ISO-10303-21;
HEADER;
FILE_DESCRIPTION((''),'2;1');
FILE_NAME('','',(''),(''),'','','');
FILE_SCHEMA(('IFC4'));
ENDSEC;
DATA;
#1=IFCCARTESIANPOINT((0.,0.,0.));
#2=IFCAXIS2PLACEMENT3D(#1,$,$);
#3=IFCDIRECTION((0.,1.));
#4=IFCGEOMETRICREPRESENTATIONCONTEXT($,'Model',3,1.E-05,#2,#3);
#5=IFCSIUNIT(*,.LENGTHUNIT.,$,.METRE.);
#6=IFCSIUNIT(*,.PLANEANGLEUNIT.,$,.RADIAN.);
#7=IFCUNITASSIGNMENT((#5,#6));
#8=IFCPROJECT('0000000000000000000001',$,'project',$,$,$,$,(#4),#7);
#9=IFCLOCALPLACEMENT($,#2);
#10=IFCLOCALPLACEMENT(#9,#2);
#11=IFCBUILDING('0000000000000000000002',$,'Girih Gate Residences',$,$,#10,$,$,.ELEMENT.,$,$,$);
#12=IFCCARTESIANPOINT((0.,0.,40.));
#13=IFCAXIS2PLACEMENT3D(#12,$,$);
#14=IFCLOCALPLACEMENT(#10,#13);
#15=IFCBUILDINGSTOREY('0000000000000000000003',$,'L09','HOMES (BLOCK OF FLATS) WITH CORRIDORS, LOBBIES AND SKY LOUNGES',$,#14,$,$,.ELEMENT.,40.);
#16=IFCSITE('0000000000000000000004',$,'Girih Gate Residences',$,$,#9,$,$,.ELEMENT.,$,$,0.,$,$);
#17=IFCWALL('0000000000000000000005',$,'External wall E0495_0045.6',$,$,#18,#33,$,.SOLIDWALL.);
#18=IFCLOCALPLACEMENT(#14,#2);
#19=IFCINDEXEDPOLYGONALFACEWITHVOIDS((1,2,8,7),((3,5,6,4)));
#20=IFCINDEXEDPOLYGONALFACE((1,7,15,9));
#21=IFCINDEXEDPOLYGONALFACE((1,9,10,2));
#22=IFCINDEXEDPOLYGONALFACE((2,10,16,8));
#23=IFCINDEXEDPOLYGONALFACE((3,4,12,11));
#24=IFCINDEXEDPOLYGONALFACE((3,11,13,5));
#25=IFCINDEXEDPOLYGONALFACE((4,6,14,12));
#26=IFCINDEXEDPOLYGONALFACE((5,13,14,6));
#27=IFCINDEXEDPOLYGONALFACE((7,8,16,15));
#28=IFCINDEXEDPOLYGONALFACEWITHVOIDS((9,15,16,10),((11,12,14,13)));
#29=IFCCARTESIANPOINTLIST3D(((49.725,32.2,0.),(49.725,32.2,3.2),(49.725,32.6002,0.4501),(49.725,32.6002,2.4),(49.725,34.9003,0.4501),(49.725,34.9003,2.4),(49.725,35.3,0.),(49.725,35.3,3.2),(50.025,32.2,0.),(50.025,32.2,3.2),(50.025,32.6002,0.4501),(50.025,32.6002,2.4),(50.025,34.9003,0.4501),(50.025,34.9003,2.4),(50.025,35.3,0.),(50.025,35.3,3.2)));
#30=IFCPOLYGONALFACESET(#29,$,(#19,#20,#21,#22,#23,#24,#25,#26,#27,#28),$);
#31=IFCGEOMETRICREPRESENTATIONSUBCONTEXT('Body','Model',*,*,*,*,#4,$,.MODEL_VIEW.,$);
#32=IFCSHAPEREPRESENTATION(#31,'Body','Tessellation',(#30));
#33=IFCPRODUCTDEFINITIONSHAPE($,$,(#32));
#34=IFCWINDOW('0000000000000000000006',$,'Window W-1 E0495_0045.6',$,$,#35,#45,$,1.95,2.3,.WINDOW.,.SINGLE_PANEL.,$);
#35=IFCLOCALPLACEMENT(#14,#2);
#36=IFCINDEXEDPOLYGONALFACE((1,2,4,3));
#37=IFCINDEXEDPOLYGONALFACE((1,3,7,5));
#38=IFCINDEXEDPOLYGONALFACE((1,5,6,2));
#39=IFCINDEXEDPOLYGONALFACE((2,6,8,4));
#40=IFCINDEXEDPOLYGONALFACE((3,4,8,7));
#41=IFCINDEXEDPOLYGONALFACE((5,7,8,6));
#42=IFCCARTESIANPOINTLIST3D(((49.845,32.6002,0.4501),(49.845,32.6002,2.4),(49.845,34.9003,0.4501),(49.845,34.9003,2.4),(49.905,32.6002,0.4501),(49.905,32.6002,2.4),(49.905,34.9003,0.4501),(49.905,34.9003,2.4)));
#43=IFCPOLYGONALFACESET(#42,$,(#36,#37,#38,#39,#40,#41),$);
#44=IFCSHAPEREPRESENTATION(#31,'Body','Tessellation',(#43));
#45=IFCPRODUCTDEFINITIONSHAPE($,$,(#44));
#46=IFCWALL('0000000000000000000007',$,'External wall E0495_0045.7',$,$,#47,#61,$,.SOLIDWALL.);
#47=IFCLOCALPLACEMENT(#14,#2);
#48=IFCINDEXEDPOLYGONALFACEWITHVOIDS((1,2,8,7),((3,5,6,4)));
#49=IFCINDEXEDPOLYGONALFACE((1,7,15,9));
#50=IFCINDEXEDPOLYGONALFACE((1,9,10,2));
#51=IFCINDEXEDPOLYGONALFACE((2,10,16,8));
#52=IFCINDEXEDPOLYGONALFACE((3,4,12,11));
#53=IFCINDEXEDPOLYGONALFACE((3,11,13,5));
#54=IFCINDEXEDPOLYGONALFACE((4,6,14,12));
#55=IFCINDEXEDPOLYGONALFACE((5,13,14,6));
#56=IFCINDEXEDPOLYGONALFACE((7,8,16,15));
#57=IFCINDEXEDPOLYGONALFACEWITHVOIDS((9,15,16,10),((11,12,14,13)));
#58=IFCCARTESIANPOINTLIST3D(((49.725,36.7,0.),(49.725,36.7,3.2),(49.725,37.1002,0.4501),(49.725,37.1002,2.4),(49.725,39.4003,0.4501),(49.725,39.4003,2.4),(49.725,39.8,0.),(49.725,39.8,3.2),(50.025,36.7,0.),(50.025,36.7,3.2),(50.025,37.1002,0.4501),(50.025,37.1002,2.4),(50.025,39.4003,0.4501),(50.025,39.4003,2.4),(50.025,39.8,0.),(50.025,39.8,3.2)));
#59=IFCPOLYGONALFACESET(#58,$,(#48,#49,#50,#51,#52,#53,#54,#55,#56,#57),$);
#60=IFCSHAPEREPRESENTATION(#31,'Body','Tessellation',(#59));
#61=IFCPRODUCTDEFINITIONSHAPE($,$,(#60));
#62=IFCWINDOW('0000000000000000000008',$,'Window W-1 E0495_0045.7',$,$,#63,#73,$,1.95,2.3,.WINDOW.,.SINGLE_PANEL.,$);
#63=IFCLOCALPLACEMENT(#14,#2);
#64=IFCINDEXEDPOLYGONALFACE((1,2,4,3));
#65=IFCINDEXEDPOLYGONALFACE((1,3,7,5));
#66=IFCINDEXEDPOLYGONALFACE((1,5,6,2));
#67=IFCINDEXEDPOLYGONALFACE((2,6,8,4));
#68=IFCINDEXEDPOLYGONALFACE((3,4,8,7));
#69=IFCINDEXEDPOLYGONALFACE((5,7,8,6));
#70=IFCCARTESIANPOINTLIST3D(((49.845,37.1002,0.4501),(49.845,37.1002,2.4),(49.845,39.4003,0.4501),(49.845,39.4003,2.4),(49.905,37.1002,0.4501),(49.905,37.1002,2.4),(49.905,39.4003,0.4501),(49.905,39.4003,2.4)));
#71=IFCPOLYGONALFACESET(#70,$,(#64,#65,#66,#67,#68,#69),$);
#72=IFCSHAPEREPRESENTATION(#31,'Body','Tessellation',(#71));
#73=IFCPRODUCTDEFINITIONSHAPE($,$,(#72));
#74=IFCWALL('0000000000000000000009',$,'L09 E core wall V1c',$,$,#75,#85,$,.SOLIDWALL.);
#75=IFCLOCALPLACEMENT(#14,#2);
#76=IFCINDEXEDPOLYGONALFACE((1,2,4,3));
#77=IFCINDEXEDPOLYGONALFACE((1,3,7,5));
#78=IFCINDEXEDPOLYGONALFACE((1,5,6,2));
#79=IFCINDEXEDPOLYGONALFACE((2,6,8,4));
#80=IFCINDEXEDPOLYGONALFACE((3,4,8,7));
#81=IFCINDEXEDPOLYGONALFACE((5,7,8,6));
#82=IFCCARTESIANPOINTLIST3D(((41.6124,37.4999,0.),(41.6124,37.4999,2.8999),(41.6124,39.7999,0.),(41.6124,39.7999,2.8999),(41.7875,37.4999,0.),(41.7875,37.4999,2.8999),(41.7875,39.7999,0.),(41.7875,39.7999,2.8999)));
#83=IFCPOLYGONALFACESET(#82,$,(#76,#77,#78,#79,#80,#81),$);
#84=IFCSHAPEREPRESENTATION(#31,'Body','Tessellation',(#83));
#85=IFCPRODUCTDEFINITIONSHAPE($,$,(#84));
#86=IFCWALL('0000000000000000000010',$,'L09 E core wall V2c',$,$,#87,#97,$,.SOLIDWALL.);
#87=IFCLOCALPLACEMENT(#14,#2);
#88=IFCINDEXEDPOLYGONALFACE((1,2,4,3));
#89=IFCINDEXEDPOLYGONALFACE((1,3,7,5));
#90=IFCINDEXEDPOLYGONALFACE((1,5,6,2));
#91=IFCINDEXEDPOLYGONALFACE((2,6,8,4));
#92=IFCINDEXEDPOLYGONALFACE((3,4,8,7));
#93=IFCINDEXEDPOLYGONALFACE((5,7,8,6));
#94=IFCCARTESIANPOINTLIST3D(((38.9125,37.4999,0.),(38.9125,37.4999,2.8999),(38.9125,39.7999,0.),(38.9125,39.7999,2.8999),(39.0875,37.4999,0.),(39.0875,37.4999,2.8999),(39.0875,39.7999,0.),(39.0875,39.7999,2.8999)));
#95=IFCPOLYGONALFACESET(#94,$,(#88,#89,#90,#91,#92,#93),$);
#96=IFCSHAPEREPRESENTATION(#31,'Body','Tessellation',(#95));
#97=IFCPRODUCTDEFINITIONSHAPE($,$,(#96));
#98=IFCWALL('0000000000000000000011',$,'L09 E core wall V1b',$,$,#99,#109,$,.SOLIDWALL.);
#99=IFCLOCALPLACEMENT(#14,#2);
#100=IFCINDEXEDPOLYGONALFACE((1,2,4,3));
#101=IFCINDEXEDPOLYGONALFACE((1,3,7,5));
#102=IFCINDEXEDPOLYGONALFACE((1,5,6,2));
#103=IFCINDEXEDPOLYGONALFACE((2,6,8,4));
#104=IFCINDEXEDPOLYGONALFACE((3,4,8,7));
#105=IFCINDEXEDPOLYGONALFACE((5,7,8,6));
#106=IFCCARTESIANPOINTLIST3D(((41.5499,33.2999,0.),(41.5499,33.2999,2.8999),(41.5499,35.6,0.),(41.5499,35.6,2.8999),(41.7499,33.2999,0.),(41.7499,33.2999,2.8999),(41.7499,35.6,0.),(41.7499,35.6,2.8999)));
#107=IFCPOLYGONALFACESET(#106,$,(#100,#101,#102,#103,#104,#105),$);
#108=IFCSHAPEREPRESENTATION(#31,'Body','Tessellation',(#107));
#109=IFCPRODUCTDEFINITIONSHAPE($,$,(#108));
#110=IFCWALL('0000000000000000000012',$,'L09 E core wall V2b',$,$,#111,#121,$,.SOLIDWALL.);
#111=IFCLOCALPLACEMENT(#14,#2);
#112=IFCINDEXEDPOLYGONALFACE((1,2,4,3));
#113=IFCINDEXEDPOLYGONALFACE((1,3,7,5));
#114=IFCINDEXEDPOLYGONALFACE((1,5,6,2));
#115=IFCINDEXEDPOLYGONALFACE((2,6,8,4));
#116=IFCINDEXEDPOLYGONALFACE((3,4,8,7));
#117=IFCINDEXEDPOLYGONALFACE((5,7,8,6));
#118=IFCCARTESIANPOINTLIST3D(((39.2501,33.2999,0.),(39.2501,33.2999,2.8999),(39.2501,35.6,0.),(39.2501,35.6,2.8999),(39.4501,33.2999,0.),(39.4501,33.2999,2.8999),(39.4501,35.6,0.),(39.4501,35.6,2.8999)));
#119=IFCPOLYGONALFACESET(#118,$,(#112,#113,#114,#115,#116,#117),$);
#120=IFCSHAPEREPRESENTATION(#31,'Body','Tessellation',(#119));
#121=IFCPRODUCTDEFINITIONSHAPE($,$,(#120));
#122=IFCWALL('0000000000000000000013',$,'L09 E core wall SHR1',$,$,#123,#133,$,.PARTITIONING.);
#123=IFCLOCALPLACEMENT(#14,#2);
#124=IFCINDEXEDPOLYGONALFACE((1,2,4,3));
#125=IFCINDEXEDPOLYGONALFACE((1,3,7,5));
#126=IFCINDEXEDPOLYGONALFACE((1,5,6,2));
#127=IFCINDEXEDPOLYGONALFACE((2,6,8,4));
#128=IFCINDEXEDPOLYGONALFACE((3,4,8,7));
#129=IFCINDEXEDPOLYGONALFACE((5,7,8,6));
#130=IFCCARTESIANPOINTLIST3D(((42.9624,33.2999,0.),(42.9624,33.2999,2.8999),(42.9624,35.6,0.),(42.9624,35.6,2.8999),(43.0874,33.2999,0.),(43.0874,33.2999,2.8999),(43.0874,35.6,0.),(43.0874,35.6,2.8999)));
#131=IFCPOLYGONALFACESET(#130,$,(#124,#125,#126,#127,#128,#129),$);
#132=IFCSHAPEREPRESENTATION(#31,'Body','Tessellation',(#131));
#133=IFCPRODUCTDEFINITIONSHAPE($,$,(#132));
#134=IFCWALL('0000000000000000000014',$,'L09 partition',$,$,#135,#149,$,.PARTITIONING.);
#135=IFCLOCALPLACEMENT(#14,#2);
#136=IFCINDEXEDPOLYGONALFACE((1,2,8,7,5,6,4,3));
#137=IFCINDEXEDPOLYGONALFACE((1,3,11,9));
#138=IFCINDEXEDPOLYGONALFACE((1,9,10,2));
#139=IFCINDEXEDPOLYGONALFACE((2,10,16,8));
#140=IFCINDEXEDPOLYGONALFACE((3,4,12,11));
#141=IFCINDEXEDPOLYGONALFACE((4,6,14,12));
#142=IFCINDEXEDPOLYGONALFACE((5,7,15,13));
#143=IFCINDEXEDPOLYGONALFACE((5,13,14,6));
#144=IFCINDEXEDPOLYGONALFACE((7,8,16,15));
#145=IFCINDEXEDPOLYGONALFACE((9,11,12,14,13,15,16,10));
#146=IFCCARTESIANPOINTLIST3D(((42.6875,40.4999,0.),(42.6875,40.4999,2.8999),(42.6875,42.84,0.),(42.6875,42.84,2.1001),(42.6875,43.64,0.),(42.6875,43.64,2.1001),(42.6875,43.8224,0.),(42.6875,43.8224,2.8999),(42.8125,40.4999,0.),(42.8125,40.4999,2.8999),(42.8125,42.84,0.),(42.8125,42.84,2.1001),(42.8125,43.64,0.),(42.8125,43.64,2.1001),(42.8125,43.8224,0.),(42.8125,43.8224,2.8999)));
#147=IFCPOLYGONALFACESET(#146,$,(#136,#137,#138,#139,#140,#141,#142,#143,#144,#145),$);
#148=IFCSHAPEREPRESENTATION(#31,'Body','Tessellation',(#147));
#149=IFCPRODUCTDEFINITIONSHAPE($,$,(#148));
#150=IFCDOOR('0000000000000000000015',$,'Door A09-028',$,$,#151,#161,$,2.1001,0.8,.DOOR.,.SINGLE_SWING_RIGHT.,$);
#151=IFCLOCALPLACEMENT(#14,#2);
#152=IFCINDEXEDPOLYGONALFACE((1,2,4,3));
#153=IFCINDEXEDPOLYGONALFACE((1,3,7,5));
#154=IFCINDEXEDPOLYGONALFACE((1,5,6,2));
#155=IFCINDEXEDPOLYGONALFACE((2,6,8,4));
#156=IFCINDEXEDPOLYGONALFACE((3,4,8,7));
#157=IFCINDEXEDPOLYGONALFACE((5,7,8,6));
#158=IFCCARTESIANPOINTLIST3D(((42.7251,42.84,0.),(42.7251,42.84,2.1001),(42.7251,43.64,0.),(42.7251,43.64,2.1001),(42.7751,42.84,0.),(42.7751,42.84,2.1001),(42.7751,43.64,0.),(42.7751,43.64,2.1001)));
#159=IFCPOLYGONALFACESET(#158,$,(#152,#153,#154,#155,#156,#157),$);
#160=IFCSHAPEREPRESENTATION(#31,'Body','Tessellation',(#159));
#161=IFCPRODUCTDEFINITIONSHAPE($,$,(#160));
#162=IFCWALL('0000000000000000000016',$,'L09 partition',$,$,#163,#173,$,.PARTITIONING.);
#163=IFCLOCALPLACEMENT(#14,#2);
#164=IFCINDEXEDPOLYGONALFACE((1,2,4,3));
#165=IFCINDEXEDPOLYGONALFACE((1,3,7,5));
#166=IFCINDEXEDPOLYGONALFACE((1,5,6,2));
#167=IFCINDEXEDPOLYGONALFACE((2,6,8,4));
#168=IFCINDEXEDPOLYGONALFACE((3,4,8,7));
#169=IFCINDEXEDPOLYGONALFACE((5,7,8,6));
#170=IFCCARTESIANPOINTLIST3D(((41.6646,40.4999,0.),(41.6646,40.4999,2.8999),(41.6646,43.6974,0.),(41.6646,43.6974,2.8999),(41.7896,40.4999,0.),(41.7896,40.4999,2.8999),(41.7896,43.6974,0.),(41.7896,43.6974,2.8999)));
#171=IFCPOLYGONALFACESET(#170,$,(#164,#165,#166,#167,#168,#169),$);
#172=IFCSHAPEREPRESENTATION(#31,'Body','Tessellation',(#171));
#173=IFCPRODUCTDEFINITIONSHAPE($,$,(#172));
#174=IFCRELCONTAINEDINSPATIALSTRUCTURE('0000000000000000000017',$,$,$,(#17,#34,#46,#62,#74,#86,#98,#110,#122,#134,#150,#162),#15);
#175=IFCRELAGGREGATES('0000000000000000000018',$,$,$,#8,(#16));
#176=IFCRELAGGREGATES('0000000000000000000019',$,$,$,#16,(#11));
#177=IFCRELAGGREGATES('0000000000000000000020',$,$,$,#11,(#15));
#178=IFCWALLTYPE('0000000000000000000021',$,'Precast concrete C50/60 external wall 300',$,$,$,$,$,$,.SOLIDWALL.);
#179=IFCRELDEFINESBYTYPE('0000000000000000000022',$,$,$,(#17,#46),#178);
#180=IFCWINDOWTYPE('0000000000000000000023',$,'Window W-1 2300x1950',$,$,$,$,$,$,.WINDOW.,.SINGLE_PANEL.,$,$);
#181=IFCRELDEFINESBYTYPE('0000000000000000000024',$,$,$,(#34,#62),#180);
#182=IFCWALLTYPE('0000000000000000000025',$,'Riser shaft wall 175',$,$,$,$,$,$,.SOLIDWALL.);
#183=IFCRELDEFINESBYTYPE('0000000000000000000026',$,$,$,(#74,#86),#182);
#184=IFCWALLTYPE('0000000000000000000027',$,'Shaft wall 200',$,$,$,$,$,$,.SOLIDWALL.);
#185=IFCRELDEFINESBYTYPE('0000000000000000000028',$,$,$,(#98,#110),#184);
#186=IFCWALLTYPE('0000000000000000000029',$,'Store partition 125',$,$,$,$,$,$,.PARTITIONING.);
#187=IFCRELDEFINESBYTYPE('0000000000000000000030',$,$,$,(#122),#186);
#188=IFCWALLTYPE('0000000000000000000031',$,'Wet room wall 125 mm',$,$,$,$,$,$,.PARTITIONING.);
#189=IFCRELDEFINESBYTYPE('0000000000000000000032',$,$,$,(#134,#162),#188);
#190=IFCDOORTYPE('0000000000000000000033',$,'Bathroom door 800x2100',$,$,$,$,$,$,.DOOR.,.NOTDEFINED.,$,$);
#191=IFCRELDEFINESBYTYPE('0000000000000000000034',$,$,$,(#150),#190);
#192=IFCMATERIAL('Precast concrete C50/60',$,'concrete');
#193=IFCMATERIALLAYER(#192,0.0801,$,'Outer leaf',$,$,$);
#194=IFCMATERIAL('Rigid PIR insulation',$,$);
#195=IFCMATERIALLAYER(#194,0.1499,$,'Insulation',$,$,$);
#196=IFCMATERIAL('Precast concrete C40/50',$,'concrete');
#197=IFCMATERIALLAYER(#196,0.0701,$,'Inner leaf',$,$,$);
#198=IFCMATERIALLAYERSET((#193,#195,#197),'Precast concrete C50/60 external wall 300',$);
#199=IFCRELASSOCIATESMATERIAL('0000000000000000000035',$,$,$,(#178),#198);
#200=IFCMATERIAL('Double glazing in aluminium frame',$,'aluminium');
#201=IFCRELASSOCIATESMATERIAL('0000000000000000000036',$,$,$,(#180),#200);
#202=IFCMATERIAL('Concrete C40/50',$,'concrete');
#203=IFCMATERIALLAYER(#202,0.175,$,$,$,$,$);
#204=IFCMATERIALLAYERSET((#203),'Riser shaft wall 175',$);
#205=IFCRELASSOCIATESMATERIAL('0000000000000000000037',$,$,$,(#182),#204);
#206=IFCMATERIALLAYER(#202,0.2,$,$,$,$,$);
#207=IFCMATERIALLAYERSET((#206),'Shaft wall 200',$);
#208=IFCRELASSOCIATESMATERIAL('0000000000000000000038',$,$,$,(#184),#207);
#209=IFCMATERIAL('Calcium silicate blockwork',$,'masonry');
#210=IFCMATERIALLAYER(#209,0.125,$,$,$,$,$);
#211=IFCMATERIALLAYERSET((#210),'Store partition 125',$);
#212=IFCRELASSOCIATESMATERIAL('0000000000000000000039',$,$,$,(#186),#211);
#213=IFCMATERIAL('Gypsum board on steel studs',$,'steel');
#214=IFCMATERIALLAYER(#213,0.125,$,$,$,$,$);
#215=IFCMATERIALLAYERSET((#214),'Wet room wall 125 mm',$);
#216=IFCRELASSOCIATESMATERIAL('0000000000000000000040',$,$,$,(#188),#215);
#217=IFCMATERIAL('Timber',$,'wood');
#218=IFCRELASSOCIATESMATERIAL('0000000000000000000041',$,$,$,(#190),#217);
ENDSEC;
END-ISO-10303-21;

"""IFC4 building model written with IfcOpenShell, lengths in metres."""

from ifc_helpers import new_model, si_unit, direction, frame, frame_2d, origin, place, context, subcontext, project, spatial, rectangle, extrude, material, layer, layer_set, type_object, element, fill, save


model = new_model("IFC4")

# Units and contexts
model_context = context("Model", 3, precision=1e-05, world=origin(), true_north=direction((0.0, 1.0)))
body_context = subcontext(model_context, "Body", "Model", "MODEL_VIEW")
ifc_project = project(units=[si_unit("LENGTHUNIT", "METRE"), si_unit("PLANEANGLEUNIT", "RADIAN")], contexts=[model_context])

# Site, building, storey
site_placement = place(None, origin())
site = spatial("IfcSite", under=ifc_project, at=site_placement, Name="Girih Gate Residences", CompositionType="ELEMENT", RefElevation=0.0)
building_placement = place(site_placement, origin())
building = spatial("IfcBuilding", under=site, at=building_placement, Name="Girih Gate Residences", CompositionType="ELEMENT")
storey_placement = place(building_placement, frame((0.0, 0.0, 40.0)))
storey = spatial("IfcBuildingStorey", under=building, at=storey_placement, Name="L09", Description="HOMES (BLOCK OF FLATS) WITH CORRIDORS, LOBBIES AND SKY LOUNGES", CompositionType="ELEMENT", Elevation=40.0)

# Shared definitions
ifc_material_1 = material(Name="Gypsum board on steel studs", Category="steel")

# Walls, openings, windows
ifc_material_2 = material(Name="Precast concrete C50/60", Category="concrete")
ifc_layer_1 = layer(ifc_material_2, 0.0801, Name="Outer leaf")
ifc_material_3 = material(Name="Rigid PIR insulation")
ifc_layer_2 = layer(ifc_material_3, 0.1499, Name="Insulation")
ifc_material_4 = material(Name="Precast concrete C40/50", Category="concrete")
ifc_layer_3 = layer(ifc_material_4, 0.0701, Name="Inner leaf")
ifc_layer_set_1 = layer_set([ifc_layer_1, ifc_layer_2, ifc_layer_3], Name="Precast concrete C50/60 external wall 300")
wall_type_1 = type_object("IfcWallType", Name="Precast concrete C50/60 external wall 300", PredefinedType="SOLIDWALL", material=ifc_layer_set_1)
ifc_material_5 = material(Name="Double glazing in aluminium frame", Category="aluminium")
window_type = type_object("IfcWindowType", Name="Window W-1 2300x1950", PartitioningType="SINGLE_PANEL", PredefinedType="WINDOW", material=ifc_material_5)
wall_1_placement = place(storey_placement, frame((49.875, 35.3, 0.0), z_axis=(0.0, 0.0, 1.0), x_axis=(0.0, -1.0, 0.0)))
wall_1 = element("IfcWall", 1, at=wall_1_placement, inside=storey, type_object=wall_type_1, Name="External wall E0495_0045.6", PredefinedType="SOLIDWALL", context=body_context, shape_type="SweptSolid", body=[
    extrude(rectangle(XDim=3.1001, YDim=0.3, at=frame_2d((1.55, 0.0))), origin(), (0.0, 0.0, 1.0), 3.2),
])
opening_1_placement = place(wall_1_placement, frame((0.3999, 0.0, 0.45)))
opening_1 = element("IfcOpeningElement", 2, at=opening_1_placement, cuts=wall_1, PredefinedType="OPENING", context=body_context, shape_type="SweptSolid", body=[
    extrude(rectangle(XDim=2.3, YDim=1.95, at=frame_2d((1.1499, 0.9751))), frame((0.0, 0.1599, 0.0), z_axis=(0.0, -1.0, 0.0), x_axis=(1.0, 0.0, 0.0)), (0.0, 0.0, 1.0), 0.3201),
])
window_1_placement = place(opening_1_placement, origin())
window_1 = element("IfcWindow", 3, at=window_1_placement, inside=storey, type_object=window_type, Name="Window W-1 E0495_0045.6", OverallHeight=1.95, OverallWidth=2.3, PartitioningType="SINGLE_PANEL", PredefinedType="WINDOW", context=body_context, shape_type="SweptSolid", body=[
    extrude(rectangle(XDim=2.3, YDim=1.95, at=frame_2d((1.1499, 0.9751))), frame((0.0, 0.03, 0.0), z_axis=(0.0, -1.0, 0.0), x_axis=(1.0, 0.0, 0.0)), (0.0, 0.0, 1.0), 0.0601),
])
fill(opening_1, window_1)
wall_2_placement = place(storey_placement, frame((49.875, 39.8, 0.0), z_axis=(0.0, 0.0, 1.0), x_axis=(0.0, -1.0, 0.0)))
wall_2 = element("IfcWall", 4, at=wall_2_placement, inside=storey, type_object=wall_type_1, Name="External wall E0495_0045.7", PredefinedType="SOLIDWALL", context=body_context, shape_type="SweptSolid", body=[
    extrude(rectangle(XDim=3.1001, YDim=0.3, at=frame_2d((1.55, 0.0))), origin(), (0.0, 0.0, 1.0), 3.2),
])
opening_2_placement = place(wall_2_placement, frame((0.3999, 0.0, 0.45)))
opening_2 = element("IfcOpeningElement", 5, at=opening_2_placement, cuts=wall_2, PredefinedType="OPENING", context=body_context, shape_type="SweptSolid", body=[
    extrude(rectangle(XDim=2.3, YDim=1.95, at=frame_2d((1.1499, 0.9751))), frame((0.0, 0.1599, 0.0), z_axis=(0.0, -1.0, 0.0), x_axis=(1.0, 0.0, 0.0)), (0.0, 0.0, 1.0), 0.3201),
])
window_2_placement = place(opening_2_placement, origin())
window_2 = element("IfcWindow", 6, at=window_2_placement, inside=storey, type_object=window_type, Name="Window W-1 E0495_0045.7", OverallHeight=1.95, OverallWidth=2.3, PartitioningType="SINGLE_PANEL", PredefinedType="WINDOW", context=body_context, shape_type="SweptSolid", body=[
    extrude(rectangle(XDim=2.3, YDim=1.95, at=frame_2d((1.1499, 0.9751))), frame((0.0, 0.03, 0.0), z_axis=(0.0, -1.0, 0.0), x_axis=(1.0, 0.0, 0.0)), (0.0, 0.0, 1.0), 0.0601),
])
fill(opening_2, window_2)

# Walls
ifc_material_6 = material(Name="Concrete C40/50", Category="concrete")
ifc_layer_4 = layer(ifc_material_6, 0.175)
ifc_layer_set_2 = layer_set([ifc_layer_4], Name="Riser shaft wall 175")
wall_type_2 = type_object("IfcWallType", Name="Riser shaft wall 175", PredefinedType="SOLIDWALL", material=ifc_layer_set_2)
for number, where, z_axis, x_axis, name in (
    (7, (41.7, 37.5, 0.0), (0.0, 0.0, 1.0), (0.0, 1.0, 0.0), "L09 E core wall V1c"),
    (8, (39.0, 37.5, 0.0), (0.0, 0.0, 1.0), (0.0, 1.0, 0.0), "L09 E core wall V2c"),
):
    element("IfcWall", number, at=place(storey_placement, frame(where, z_axis=z_axis, x_axis=x_axis)), inside=storey, type_object=wall_type_2, Name=name, PredefinedType="SOLIDWALL", context=body_context, shape_type="SweptSolid", body=[
        extrude(rectangle(XDim=2.3, YDim=0.175, at=frame_2d((1.1499, 0.0))), origin(), (0.0, 0.0, 1.0), 2.8999),
    ])
ifc_layer_5 = layer(ifc_material_6, 0.2)
ifc_layer_set_3 = layer_set([ifc_layer_5], Name="Shaft wall 200")
wall_type_3 = type_object("IfcWallType", Name="Shaft wall 200", PredefinedType="SOLIDWALL", material=ifc_layer_set_3)
for number, where, z_axis, x_axis, name in (
    (9, (41.6499, 33.3, 0.0), (0.0, 0.0, 1.0), (0.0, 1.0, 0.0), "L09 E core wall V1b"),
    (10, (39.3501, 33.3, 0.0), (0.0, 0.0, 1.0), (0.0, 1.0, 0.0), "L09 E core wall V2b"),
):
    element("IfcWall", number, at=place(storey_placement, frame(where, z_axis=z_axis, x_axis=x_axis)), inside=storey, type_object=wall_type_3, Name=name, PredefinedType="SOLIDWALL", context=body_context, shape_type="SweptSolid", body=[
        extrude(rectangle(XDim=2.3, YDim=0.2, at=frame_2d((1.1499, 0.0))), origin(), (0.0, 0.0, 1.0), 2.8999),
    ])
ifc_material_7 = material(Name="Calcium silicate blockwork", Category="masonry")
ifc_layer_6 = layer(ifc_material_7, 0.125)
ifc_layer_set_4 = layer_set([ifc_layer_6], Name="Store partition 125")
wall_type_4 = type_object("IfcWallType", Name="Store partition 125", PredefinedType="PARTITIONING", material=ifc_layer_set_4)
wall_3_placement = place(storey_placement, frame((43.0249, 33.3, 0.0), z_axis=(0.0, 0.0, 1.0), x_axis=(0.0, 1.0, 0.0)))
element("IfcWall", 11, at=wall_3_placement, inside=storey, type_object=wall_type_4, Name="L09 E core wall SHR1", PredefinedType="PARTITIONING", context=body_context, shape_type="SweptSolid", body=[
    extrude(rectangle(XDim=2.3, YDim=0.125, at=frame_2d((1.1499, 0.0))), origin(), (0.0, 0.0, 1.0), 2.8999),
])

# Wall, opening, door
ifc_layer_7 = layer(ifc_material_1, 0.125)
ifc_layer_set_5 = layer_set([ifc_layer_7], Name="Wet room wall 125 mm")
wall_type_5 = type_object("IfcWallType", Name="Wet room wall 125 mm", PredefinedType="PARTITIONING", material=ifc_layer_set_5)
wall_4_placement = place(storey_placement, frame((42.75, 40.5, 0.0), z_axis=(0.0, 0.0, 1.0), x_axis=(0.0, 1.0, 0.0)))
wall_4 = element("IfcWall", 12, at=wall_4_placement, inside=storey, type_object=wall_type_5, Name="L09 partition", PredefinedType="PARTITIONING", context=body_context, shape_type="SweptSolid", body=[
    extrude(rectangle(XDim=3.3225, YDim=0.125, at=frame_2d((1.6611, 0.0))), origin(), (0.0, 0.0, 1.0), 2.8999),
])
opening_3_placement = place(wall_4_placement, frame((2.3401, 0.0, 0.0)))
opening_3 = element("IfcOpeningElement", 13, at=opening_3_placement, cuts=wall_4, PredefinedType="OPENING", context=body_context, shape_type="SweptSolid", body=[
    extrude(rectangle(XDim=0.8, YDim=2.1001, at=frame_2d((0.3999, 1.05))), frame((0.0, 0.0725, 0.0), z_axis=(0.0, -1.0, 0.0), x_axis=(1.0, 0.0, 0.0)), (0.0, 0.0, 1.0), 0.145),
])
ifc_material_8 = material(Name="Timber", Category="wood")
door_type_1 = type_object("IfcDoorType", Name="Bathroom door 800x2100", OperationType="NOTDEFINED", PredefinedType="DOOR", material=ifc_material_8)
door_1_placement = place(opening_3_placement, origin())
door_1 = element("IfcDoor", 14, at=door_1_placement, inside=storey, type_object=door_type_1, Name="Door A09-028", OperationType="SINGLE_SWING_RIGHT", OverallHeight=2.1001, OverallWidth=0.8, PredefinedType="DOOR", context=body_context, shape_type="SweptSolid", body=[
    extrude(rectangle(XDim=0.8, YDim=2.1001, at=frame_2d((0.3999, 1.05))), frame((0.0, 0.0249, 0.0), z_axis=(0.0, -1.0, 0.0), x_axis=(1.0, 0.0, 0.0)), (0.0, 0.0, 1.0), 0.05),
])
fill(opening_3, door_1)

# Wall
wall_5_placement = place(storey_placement, frame((41.7271, 40.5, 0.0), z_axis=(0.0, 0.0, 1.0), x_axis=(0.0, 1.0, 0.0)))
element("IfcWall", 15, at=wall_5_placement, inside=storey, type_object=wall_type_5, Name="L09 partition", PredefinedType="PARTITIONING", context=body_context, shape_type="SweptSolid", body=[
    extrude(rectangle(XDim=3.1975, YDim=0.125, at=frame_2d((1.5986, 0.0))), origin(), (0.0, 0.0, 1.0), 2.8999),
])

save(model, "model.ifc")
